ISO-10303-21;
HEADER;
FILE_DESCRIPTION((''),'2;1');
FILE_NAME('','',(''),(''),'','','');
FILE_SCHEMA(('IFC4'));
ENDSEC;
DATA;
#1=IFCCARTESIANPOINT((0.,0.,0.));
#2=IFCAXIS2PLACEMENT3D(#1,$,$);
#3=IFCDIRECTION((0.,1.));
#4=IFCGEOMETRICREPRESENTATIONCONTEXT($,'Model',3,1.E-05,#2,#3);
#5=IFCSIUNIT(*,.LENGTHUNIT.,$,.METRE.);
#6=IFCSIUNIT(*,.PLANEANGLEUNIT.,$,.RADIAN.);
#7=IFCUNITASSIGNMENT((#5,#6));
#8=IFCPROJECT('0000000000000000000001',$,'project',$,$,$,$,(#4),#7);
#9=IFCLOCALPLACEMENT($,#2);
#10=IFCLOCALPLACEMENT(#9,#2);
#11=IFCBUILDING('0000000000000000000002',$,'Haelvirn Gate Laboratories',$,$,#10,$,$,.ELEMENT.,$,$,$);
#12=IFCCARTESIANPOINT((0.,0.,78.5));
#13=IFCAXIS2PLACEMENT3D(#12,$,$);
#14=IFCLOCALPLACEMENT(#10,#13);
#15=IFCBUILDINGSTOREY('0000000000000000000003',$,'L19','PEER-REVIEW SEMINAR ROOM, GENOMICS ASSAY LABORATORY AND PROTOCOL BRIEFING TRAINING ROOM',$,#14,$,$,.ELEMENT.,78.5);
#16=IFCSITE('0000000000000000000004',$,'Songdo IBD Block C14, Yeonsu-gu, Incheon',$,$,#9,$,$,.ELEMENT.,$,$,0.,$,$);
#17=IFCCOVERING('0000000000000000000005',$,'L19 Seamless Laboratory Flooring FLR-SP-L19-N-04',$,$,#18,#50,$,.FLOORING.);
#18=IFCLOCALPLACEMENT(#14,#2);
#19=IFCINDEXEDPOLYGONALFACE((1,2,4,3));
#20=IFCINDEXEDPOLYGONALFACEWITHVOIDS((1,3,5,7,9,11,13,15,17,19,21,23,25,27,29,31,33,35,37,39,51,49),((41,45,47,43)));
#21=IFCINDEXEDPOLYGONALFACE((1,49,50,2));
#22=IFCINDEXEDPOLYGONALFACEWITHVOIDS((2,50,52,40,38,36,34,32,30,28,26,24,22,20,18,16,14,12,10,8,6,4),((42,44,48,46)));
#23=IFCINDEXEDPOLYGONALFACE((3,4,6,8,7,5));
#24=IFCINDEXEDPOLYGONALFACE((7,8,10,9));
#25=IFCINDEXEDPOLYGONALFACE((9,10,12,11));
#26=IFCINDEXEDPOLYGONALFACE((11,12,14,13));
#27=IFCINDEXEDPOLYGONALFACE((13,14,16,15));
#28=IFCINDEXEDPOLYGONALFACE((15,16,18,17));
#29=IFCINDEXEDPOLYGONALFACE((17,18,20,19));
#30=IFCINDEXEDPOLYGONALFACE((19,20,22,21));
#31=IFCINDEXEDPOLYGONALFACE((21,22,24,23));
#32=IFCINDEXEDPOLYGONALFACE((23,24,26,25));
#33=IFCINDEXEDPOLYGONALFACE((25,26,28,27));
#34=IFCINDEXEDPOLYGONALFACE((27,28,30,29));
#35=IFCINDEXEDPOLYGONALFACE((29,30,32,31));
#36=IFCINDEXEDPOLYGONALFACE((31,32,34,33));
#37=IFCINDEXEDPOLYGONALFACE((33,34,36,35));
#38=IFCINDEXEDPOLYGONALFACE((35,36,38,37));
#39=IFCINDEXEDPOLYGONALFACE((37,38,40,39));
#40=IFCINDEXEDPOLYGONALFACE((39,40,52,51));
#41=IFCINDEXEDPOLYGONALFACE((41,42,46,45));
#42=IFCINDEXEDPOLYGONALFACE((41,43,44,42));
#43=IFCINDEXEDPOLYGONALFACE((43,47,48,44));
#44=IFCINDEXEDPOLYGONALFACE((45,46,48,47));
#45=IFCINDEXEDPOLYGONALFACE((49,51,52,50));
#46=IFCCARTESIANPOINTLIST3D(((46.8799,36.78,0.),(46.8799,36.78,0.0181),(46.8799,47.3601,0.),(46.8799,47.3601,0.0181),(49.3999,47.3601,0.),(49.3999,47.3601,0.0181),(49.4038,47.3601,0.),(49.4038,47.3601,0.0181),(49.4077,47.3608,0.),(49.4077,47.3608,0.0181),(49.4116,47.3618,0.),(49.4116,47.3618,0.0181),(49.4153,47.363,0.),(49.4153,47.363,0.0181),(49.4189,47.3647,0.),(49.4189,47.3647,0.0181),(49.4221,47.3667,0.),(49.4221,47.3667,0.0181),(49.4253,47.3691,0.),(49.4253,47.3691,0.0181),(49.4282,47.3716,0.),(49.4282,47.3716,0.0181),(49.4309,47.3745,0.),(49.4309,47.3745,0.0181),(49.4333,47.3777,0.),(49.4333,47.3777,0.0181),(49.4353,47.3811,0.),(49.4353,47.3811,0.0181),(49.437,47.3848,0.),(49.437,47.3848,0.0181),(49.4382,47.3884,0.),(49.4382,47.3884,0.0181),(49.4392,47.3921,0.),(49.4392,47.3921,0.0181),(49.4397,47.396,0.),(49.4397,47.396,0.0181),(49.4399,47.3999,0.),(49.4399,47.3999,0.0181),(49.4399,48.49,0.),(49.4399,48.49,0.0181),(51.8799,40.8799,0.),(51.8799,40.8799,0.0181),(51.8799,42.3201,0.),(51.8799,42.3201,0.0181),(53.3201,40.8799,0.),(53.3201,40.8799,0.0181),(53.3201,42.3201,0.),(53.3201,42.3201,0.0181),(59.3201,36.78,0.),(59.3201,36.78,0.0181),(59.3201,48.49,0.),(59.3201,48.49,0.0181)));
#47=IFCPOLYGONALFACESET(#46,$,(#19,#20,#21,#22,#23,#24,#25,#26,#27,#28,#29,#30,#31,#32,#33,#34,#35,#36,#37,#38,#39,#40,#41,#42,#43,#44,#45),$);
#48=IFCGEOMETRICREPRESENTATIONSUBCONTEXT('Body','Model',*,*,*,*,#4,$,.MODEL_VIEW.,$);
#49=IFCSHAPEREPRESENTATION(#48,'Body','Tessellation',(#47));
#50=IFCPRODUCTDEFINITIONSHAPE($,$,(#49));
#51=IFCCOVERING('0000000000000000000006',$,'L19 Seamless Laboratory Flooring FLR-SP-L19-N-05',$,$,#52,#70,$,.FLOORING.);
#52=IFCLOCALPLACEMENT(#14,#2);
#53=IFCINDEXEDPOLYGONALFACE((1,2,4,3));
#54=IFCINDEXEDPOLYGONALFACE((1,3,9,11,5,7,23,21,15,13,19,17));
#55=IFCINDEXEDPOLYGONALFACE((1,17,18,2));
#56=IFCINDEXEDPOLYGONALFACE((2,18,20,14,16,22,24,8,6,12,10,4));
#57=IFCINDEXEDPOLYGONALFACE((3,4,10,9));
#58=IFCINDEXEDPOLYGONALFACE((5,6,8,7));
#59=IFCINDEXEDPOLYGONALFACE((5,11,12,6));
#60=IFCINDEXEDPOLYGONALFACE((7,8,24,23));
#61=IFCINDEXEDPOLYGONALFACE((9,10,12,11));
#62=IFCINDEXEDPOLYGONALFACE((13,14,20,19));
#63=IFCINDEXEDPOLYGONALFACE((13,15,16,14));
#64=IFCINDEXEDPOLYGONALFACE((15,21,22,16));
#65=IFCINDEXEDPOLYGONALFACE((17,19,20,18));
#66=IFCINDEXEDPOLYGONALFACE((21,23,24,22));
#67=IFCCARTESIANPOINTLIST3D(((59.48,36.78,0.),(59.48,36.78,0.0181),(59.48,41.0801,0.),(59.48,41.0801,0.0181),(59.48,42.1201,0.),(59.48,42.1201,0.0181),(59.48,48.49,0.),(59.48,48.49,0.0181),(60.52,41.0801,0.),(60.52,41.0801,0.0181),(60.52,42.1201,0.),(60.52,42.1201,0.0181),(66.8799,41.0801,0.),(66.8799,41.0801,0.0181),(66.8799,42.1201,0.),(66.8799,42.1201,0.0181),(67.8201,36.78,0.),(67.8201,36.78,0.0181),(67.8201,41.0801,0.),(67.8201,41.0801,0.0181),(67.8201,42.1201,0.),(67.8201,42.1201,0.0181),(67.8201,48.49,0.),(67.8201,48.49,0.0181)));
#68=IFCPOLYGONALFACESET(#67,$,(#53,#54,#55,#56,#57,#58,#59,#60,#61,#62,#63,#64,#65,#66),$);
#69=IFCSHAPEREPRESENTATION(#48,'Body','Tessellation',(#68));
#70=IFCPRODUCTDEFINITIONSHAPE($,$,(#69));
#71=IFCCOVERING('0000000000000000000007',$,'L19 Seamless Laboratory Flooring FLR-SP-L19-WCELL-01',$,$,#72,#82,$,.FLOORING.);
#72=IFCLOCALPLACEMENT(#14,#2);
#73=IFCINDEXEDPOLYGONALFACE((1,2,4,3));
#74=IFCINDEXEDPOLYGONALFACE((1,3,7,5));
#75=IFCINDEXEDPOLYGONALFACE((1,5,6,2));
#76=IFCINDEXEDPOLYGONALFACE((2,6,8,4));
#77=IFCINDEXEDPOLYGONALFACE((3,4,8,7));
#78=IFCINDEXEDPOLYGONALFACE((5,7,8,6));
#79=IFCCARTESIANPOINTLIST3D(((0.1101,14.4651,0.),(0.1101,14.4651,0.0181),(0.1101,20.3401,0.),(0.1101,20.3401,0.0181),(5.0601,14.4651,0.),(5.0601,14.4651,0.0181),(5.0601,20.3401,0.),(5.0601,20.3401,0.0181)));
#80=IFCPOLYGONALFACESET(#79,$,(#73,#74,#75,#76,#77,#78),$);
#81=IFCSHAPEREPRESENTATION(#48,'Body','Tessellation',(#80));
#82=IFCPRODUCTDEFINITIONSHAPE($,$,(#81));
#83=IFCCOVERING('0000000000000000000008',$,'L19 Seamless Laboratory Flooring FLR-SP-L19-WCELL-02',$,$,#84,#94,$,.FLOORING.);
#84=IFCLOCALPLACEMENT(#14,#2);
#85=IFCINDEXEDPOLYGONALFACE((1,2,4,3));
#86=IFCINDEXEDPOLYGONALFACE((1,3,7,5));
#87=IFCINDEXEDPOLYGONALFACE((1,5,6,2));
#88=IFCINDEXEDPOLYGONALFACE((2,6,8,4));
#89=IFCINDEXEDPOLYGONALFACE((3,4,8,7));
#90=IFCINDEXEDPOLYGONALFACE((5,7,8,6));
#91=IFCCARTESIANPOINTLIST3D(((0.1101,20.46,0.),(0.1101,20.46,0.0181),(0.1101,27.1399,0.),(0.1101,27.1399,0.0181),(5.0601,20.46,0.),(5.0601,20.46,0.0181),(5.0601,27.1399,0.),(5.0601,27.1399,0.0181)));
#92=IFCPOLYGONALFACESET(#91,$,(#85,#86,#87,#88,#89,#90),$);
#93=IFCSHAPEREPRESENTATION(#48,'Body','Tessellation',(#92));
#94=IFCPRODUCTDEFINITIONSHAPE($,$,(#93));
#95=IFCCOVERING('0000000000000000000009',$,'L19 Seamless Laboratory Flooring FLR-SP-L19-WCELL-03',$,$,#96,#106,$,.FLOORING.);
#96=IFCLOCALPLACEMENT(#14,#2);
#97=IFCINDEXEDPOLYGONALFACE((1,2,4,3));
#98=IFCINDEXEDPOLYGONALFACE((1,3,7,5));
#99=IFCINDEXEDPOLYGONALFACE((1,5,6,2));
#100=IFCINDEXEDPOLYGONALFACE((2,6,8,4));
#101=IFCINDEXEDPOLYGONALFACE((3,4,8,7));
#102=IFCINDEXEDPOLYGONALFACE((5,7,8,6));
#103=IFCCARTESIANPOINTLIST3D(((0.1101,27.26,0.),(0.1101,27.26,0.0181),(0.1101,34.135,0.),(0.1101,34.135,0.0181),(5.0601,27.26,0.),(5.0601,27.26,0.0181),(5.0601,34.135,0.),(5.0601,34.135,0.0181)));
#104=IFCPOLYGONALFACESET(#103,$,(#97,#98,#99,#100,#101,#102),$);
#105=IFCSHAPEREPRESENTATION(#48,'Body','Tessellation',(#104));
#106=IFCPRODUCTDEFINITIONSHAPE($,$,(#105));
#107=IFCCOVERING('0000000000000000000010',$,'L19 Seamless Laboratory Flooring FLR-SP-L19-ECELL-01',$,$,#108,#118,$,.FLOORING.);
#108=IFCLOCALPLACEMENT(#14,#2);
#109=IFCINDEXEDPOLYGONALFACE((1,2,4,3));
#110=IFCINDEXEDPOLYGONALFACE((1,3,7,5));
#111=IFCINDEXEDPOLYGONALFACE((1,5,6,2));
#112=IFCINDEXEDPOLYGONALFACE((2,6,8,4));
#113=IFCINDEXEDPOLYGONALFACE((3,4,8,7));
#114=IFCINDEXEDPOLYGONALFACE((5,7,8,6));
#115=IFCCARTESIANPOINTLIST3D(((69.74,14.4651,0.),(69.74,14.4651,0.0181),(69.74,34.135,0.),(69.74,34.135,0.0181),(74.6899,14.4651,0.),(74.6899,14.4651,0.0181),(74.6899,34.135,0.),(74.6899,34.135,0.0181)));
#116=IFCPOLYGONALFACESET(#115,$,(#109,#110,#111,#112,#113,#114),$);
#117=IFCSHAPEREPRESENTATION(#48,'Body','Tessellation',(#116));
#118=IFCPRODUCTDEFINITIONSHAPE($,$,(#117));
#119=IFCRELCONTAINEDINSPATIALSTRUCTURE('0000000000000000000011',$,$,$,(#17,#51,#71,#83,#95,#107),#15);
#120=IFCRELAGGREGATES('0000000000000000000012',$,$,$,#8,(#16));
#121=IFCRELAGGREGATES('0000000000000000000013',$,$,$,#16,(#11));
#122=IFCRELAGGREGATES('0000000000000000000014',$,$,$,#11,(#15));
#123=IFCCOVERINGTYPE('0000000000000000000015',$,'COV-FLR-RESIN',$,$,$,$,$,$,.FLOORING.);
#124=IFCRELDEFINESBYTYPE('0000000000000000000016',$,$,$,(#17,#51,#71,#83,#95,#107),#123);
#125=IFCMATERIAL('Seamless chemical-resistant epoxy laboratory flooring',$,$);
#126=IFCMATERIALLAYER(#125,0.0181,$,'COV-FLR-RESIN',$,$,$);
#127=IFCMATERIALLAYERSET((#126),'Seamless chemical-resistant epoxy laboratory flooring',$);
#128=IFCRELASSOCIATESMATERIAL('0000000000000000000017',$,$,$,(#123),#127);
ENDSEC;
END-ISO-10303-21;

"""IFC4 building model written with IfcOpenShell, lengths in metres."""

from ifc_helpers import new_model, si_unit, direction, frame, origin, place, context, subcontext, project, spatial, polyline, outline, extrude, material, layer, layer_set, type_object, element, save


model = new_model("IFC4")

# Units and contexts
model_context = context("Model", 3, precision=1e-05, world=origin(), true_north=direction((0.0, 1.0)))
body_context = subcontext(model_context, "Body", "Model", "MODEL_VIEW")
ifc_project = project(units=[si_unit("LENGTHUNIT", "METRE"), si_unit("PLANEANGLEUNIT", "RADIAN")], contexts=[model_context])

# Site, building, storey
site_placement = place(None, origin())
site = spatial("IfcSite", under=ifc_project, at=site_placement, Name="Songdo IBD Block C14, Yeonsu-gu, Incheon", CompositionType="ELEMENT", RefElevation=0.0)
building_placement = place(site_placement, origin())
building = spatial("IfcBuilding", under=site, at=building_placement, Name="Haelvirn Gate Laboratories", CompositionType="ELEMENT")
storey_placement = place(building_placement, frame((0.0, 0.0, 78.5)))
storey = spatial("IfcBuildingStorey", under=building, at=storey_placement, Name="L19", Description="PEER-REVIEW SEMINAR ROOM, GENOMICS ASSAY LABORATORY AND PROTOCOL BRIEFING TRAINING ROOM", CompositionType="ELEMENT", Elevation=78.5)

# Coverings
ifc_material_1 = material(Name="Seamless chemical-resistant epoxy laboratory flooring")
ifc_layer_1 = layer(ifc_material_1, 0.0181, Name="COV-FLR-RESIN")
ifc_layer_set_1 = layer_set([ifc_layer_1], Name="Seamless chemical-resistant epoxy laboratory flooring")
covering_type = type_object("IfcCoveringType", Name="COV-FLR-RESIN", PredefinedType="FLOORING", material=ifc_layer_set_1)
covering_1_placement = place(storey_placement, origin())
element("IfcCovering", 1, at=covering_1_placement, inside=storey, type_object=covering_type, Name="L19 Seamless Laboratory Flooring FLR-SP-L19-N-04", PredefinedType="FLOORING", context=body_context, shape_type="SweptSolid", body=[
    extrude(outline(polyline([(46.8799, 36.78), (46.8799, 47.3601), (49.3999, 47.3601), (49.4038, 47.3601), (49.4077, 47.3608), (49.4116, 47.3618), (49.4153, 47.363), (49.4189, 47.3647), (49.4221, 47.3667), (49.4253, 47.3691), (49.4282, 47.3716), (49.4309, 47.3745), (49.4333, 47.3777), (49.4353, 47.3811), (49.437, 47.3848), (49.4382, 47.3884), (49.4392, 47.3921), (49.4397, 47.396), (49.4399, 47.3999), (49.4399, 48.49), (59.3201, 48.49), (59.3201, 36.78), (46.8799, 36.78)]), holes=[polyline([(51.8799, 42.3201), (51.8799, 40.8799), (53.3201, 40.8799), (53.3201, 42.3201), (51.8799, 42.3201)])]), origin(), (0.0, 0.0, 1.0), 0.0181),
])
covering_2_placement = place(storey_placement, origin())
element("IfcCovering", 2, at=covering_2_placement, inside=storey, type_object=covering_type, Name="L19 Seamless Laboratory Flooring FLR-SP-L19-N-05", PredefinedType="FLOORING", context=body_context, shape_type="SweptSolid", body=[
    extrude(outline(polyline([(60.52, 42.1201), (59.48, 42.1201), (59.48, 48.49), (67.8201, 48.49), (67.8201, 42.1201), (66.8799, 42.1201), (66.8799, 41.0801), (67.8201, 41.0801), (67.8201, 36.78), (59.48, 36.78), (59.48, 41.0801), (60.52, 41.0801), (60.52, 42.1201)])), origin(), (0.0, 0.0, 1.0), 0.0181),
])
covering_3_placement = place(storey_placement, origin())
element("IfcCovering", 3, at=covering_3_placement, inside=storey, type_object=covering_type, Name="L19 Seamless Laboratory Flooring FLR-SP-L19-WCELL-01", PredefinedType="FLOORING", context=body_context, shape_type="SweptSolid", body=[
    extrude(outline(polyline([(0.1101, 20.3401), (5.0601, 20.3401), (5.0601, 14.4651), (0.1101, 14.4651), (0.1101, 20.3401)])), origin(), (0.0, 0.0, 1.0), 0.0181),
])
covering_4_placement = place(storey_placement, origin())
element("IfcCovering", 4, at=covering_4_placement, inside=storey, type_object=covering_type, Name="L19 Seamless Laboratory Flooring FLR-SP-L19-WCELL-02", PredefinedType="FLOORING", context=body_context, shape_type="SweptSolid", body=[
    extrude(outline(polyline([(0.1101, 27.1399), (5.0601, 27.1399), (5.0601, 20.46), (0.1101, 20.46), (0.1101, 27.1399)])), origin(), (0.0, 0.0, 1.0), 0.0181),
])
covering_5_placement = place(storey_placement, origin())
element("IfcCovering", 5, at=covering_5_placement, inside=storey, type_object=covering_type, Name="L19 Seamless Laboratory Flooring FLR-SP-L19-WCELL-03", PredefinedType="FLOORING", context=body_context, shape_type="SweptSolid", body=[
    extrude(outline(polyline([(0.1101, 34.135), (5.0601, 34.135), (5.0601, 27.26), (0.1101, 27.26), (0.1101, 34.135)])), origin(), (0.0, 0.0, 1.0), 0.0181),
])
covering_6_placement = place(storey_placement, origin())
element("IfcCovering", 6, at=covering_6_placement, inside=storey, type_object=covering_type, Name="L19 Seamless Laboratory Flooring FLR-SP-L19-ECELL-01", PredefinedType="FLOORING", context=body_context, shape_type="SweptSolid", body=[
    extrude(outline(polyline([(69.74, 34.135), (74.6899, 34.135), (74.6899, 14.4651), (69.74, 14.4651), (69.74, 34.135)])), origin(), (0.0, 0.0, 1.0), 0.0181),
])

save(model, "model.ifc")
